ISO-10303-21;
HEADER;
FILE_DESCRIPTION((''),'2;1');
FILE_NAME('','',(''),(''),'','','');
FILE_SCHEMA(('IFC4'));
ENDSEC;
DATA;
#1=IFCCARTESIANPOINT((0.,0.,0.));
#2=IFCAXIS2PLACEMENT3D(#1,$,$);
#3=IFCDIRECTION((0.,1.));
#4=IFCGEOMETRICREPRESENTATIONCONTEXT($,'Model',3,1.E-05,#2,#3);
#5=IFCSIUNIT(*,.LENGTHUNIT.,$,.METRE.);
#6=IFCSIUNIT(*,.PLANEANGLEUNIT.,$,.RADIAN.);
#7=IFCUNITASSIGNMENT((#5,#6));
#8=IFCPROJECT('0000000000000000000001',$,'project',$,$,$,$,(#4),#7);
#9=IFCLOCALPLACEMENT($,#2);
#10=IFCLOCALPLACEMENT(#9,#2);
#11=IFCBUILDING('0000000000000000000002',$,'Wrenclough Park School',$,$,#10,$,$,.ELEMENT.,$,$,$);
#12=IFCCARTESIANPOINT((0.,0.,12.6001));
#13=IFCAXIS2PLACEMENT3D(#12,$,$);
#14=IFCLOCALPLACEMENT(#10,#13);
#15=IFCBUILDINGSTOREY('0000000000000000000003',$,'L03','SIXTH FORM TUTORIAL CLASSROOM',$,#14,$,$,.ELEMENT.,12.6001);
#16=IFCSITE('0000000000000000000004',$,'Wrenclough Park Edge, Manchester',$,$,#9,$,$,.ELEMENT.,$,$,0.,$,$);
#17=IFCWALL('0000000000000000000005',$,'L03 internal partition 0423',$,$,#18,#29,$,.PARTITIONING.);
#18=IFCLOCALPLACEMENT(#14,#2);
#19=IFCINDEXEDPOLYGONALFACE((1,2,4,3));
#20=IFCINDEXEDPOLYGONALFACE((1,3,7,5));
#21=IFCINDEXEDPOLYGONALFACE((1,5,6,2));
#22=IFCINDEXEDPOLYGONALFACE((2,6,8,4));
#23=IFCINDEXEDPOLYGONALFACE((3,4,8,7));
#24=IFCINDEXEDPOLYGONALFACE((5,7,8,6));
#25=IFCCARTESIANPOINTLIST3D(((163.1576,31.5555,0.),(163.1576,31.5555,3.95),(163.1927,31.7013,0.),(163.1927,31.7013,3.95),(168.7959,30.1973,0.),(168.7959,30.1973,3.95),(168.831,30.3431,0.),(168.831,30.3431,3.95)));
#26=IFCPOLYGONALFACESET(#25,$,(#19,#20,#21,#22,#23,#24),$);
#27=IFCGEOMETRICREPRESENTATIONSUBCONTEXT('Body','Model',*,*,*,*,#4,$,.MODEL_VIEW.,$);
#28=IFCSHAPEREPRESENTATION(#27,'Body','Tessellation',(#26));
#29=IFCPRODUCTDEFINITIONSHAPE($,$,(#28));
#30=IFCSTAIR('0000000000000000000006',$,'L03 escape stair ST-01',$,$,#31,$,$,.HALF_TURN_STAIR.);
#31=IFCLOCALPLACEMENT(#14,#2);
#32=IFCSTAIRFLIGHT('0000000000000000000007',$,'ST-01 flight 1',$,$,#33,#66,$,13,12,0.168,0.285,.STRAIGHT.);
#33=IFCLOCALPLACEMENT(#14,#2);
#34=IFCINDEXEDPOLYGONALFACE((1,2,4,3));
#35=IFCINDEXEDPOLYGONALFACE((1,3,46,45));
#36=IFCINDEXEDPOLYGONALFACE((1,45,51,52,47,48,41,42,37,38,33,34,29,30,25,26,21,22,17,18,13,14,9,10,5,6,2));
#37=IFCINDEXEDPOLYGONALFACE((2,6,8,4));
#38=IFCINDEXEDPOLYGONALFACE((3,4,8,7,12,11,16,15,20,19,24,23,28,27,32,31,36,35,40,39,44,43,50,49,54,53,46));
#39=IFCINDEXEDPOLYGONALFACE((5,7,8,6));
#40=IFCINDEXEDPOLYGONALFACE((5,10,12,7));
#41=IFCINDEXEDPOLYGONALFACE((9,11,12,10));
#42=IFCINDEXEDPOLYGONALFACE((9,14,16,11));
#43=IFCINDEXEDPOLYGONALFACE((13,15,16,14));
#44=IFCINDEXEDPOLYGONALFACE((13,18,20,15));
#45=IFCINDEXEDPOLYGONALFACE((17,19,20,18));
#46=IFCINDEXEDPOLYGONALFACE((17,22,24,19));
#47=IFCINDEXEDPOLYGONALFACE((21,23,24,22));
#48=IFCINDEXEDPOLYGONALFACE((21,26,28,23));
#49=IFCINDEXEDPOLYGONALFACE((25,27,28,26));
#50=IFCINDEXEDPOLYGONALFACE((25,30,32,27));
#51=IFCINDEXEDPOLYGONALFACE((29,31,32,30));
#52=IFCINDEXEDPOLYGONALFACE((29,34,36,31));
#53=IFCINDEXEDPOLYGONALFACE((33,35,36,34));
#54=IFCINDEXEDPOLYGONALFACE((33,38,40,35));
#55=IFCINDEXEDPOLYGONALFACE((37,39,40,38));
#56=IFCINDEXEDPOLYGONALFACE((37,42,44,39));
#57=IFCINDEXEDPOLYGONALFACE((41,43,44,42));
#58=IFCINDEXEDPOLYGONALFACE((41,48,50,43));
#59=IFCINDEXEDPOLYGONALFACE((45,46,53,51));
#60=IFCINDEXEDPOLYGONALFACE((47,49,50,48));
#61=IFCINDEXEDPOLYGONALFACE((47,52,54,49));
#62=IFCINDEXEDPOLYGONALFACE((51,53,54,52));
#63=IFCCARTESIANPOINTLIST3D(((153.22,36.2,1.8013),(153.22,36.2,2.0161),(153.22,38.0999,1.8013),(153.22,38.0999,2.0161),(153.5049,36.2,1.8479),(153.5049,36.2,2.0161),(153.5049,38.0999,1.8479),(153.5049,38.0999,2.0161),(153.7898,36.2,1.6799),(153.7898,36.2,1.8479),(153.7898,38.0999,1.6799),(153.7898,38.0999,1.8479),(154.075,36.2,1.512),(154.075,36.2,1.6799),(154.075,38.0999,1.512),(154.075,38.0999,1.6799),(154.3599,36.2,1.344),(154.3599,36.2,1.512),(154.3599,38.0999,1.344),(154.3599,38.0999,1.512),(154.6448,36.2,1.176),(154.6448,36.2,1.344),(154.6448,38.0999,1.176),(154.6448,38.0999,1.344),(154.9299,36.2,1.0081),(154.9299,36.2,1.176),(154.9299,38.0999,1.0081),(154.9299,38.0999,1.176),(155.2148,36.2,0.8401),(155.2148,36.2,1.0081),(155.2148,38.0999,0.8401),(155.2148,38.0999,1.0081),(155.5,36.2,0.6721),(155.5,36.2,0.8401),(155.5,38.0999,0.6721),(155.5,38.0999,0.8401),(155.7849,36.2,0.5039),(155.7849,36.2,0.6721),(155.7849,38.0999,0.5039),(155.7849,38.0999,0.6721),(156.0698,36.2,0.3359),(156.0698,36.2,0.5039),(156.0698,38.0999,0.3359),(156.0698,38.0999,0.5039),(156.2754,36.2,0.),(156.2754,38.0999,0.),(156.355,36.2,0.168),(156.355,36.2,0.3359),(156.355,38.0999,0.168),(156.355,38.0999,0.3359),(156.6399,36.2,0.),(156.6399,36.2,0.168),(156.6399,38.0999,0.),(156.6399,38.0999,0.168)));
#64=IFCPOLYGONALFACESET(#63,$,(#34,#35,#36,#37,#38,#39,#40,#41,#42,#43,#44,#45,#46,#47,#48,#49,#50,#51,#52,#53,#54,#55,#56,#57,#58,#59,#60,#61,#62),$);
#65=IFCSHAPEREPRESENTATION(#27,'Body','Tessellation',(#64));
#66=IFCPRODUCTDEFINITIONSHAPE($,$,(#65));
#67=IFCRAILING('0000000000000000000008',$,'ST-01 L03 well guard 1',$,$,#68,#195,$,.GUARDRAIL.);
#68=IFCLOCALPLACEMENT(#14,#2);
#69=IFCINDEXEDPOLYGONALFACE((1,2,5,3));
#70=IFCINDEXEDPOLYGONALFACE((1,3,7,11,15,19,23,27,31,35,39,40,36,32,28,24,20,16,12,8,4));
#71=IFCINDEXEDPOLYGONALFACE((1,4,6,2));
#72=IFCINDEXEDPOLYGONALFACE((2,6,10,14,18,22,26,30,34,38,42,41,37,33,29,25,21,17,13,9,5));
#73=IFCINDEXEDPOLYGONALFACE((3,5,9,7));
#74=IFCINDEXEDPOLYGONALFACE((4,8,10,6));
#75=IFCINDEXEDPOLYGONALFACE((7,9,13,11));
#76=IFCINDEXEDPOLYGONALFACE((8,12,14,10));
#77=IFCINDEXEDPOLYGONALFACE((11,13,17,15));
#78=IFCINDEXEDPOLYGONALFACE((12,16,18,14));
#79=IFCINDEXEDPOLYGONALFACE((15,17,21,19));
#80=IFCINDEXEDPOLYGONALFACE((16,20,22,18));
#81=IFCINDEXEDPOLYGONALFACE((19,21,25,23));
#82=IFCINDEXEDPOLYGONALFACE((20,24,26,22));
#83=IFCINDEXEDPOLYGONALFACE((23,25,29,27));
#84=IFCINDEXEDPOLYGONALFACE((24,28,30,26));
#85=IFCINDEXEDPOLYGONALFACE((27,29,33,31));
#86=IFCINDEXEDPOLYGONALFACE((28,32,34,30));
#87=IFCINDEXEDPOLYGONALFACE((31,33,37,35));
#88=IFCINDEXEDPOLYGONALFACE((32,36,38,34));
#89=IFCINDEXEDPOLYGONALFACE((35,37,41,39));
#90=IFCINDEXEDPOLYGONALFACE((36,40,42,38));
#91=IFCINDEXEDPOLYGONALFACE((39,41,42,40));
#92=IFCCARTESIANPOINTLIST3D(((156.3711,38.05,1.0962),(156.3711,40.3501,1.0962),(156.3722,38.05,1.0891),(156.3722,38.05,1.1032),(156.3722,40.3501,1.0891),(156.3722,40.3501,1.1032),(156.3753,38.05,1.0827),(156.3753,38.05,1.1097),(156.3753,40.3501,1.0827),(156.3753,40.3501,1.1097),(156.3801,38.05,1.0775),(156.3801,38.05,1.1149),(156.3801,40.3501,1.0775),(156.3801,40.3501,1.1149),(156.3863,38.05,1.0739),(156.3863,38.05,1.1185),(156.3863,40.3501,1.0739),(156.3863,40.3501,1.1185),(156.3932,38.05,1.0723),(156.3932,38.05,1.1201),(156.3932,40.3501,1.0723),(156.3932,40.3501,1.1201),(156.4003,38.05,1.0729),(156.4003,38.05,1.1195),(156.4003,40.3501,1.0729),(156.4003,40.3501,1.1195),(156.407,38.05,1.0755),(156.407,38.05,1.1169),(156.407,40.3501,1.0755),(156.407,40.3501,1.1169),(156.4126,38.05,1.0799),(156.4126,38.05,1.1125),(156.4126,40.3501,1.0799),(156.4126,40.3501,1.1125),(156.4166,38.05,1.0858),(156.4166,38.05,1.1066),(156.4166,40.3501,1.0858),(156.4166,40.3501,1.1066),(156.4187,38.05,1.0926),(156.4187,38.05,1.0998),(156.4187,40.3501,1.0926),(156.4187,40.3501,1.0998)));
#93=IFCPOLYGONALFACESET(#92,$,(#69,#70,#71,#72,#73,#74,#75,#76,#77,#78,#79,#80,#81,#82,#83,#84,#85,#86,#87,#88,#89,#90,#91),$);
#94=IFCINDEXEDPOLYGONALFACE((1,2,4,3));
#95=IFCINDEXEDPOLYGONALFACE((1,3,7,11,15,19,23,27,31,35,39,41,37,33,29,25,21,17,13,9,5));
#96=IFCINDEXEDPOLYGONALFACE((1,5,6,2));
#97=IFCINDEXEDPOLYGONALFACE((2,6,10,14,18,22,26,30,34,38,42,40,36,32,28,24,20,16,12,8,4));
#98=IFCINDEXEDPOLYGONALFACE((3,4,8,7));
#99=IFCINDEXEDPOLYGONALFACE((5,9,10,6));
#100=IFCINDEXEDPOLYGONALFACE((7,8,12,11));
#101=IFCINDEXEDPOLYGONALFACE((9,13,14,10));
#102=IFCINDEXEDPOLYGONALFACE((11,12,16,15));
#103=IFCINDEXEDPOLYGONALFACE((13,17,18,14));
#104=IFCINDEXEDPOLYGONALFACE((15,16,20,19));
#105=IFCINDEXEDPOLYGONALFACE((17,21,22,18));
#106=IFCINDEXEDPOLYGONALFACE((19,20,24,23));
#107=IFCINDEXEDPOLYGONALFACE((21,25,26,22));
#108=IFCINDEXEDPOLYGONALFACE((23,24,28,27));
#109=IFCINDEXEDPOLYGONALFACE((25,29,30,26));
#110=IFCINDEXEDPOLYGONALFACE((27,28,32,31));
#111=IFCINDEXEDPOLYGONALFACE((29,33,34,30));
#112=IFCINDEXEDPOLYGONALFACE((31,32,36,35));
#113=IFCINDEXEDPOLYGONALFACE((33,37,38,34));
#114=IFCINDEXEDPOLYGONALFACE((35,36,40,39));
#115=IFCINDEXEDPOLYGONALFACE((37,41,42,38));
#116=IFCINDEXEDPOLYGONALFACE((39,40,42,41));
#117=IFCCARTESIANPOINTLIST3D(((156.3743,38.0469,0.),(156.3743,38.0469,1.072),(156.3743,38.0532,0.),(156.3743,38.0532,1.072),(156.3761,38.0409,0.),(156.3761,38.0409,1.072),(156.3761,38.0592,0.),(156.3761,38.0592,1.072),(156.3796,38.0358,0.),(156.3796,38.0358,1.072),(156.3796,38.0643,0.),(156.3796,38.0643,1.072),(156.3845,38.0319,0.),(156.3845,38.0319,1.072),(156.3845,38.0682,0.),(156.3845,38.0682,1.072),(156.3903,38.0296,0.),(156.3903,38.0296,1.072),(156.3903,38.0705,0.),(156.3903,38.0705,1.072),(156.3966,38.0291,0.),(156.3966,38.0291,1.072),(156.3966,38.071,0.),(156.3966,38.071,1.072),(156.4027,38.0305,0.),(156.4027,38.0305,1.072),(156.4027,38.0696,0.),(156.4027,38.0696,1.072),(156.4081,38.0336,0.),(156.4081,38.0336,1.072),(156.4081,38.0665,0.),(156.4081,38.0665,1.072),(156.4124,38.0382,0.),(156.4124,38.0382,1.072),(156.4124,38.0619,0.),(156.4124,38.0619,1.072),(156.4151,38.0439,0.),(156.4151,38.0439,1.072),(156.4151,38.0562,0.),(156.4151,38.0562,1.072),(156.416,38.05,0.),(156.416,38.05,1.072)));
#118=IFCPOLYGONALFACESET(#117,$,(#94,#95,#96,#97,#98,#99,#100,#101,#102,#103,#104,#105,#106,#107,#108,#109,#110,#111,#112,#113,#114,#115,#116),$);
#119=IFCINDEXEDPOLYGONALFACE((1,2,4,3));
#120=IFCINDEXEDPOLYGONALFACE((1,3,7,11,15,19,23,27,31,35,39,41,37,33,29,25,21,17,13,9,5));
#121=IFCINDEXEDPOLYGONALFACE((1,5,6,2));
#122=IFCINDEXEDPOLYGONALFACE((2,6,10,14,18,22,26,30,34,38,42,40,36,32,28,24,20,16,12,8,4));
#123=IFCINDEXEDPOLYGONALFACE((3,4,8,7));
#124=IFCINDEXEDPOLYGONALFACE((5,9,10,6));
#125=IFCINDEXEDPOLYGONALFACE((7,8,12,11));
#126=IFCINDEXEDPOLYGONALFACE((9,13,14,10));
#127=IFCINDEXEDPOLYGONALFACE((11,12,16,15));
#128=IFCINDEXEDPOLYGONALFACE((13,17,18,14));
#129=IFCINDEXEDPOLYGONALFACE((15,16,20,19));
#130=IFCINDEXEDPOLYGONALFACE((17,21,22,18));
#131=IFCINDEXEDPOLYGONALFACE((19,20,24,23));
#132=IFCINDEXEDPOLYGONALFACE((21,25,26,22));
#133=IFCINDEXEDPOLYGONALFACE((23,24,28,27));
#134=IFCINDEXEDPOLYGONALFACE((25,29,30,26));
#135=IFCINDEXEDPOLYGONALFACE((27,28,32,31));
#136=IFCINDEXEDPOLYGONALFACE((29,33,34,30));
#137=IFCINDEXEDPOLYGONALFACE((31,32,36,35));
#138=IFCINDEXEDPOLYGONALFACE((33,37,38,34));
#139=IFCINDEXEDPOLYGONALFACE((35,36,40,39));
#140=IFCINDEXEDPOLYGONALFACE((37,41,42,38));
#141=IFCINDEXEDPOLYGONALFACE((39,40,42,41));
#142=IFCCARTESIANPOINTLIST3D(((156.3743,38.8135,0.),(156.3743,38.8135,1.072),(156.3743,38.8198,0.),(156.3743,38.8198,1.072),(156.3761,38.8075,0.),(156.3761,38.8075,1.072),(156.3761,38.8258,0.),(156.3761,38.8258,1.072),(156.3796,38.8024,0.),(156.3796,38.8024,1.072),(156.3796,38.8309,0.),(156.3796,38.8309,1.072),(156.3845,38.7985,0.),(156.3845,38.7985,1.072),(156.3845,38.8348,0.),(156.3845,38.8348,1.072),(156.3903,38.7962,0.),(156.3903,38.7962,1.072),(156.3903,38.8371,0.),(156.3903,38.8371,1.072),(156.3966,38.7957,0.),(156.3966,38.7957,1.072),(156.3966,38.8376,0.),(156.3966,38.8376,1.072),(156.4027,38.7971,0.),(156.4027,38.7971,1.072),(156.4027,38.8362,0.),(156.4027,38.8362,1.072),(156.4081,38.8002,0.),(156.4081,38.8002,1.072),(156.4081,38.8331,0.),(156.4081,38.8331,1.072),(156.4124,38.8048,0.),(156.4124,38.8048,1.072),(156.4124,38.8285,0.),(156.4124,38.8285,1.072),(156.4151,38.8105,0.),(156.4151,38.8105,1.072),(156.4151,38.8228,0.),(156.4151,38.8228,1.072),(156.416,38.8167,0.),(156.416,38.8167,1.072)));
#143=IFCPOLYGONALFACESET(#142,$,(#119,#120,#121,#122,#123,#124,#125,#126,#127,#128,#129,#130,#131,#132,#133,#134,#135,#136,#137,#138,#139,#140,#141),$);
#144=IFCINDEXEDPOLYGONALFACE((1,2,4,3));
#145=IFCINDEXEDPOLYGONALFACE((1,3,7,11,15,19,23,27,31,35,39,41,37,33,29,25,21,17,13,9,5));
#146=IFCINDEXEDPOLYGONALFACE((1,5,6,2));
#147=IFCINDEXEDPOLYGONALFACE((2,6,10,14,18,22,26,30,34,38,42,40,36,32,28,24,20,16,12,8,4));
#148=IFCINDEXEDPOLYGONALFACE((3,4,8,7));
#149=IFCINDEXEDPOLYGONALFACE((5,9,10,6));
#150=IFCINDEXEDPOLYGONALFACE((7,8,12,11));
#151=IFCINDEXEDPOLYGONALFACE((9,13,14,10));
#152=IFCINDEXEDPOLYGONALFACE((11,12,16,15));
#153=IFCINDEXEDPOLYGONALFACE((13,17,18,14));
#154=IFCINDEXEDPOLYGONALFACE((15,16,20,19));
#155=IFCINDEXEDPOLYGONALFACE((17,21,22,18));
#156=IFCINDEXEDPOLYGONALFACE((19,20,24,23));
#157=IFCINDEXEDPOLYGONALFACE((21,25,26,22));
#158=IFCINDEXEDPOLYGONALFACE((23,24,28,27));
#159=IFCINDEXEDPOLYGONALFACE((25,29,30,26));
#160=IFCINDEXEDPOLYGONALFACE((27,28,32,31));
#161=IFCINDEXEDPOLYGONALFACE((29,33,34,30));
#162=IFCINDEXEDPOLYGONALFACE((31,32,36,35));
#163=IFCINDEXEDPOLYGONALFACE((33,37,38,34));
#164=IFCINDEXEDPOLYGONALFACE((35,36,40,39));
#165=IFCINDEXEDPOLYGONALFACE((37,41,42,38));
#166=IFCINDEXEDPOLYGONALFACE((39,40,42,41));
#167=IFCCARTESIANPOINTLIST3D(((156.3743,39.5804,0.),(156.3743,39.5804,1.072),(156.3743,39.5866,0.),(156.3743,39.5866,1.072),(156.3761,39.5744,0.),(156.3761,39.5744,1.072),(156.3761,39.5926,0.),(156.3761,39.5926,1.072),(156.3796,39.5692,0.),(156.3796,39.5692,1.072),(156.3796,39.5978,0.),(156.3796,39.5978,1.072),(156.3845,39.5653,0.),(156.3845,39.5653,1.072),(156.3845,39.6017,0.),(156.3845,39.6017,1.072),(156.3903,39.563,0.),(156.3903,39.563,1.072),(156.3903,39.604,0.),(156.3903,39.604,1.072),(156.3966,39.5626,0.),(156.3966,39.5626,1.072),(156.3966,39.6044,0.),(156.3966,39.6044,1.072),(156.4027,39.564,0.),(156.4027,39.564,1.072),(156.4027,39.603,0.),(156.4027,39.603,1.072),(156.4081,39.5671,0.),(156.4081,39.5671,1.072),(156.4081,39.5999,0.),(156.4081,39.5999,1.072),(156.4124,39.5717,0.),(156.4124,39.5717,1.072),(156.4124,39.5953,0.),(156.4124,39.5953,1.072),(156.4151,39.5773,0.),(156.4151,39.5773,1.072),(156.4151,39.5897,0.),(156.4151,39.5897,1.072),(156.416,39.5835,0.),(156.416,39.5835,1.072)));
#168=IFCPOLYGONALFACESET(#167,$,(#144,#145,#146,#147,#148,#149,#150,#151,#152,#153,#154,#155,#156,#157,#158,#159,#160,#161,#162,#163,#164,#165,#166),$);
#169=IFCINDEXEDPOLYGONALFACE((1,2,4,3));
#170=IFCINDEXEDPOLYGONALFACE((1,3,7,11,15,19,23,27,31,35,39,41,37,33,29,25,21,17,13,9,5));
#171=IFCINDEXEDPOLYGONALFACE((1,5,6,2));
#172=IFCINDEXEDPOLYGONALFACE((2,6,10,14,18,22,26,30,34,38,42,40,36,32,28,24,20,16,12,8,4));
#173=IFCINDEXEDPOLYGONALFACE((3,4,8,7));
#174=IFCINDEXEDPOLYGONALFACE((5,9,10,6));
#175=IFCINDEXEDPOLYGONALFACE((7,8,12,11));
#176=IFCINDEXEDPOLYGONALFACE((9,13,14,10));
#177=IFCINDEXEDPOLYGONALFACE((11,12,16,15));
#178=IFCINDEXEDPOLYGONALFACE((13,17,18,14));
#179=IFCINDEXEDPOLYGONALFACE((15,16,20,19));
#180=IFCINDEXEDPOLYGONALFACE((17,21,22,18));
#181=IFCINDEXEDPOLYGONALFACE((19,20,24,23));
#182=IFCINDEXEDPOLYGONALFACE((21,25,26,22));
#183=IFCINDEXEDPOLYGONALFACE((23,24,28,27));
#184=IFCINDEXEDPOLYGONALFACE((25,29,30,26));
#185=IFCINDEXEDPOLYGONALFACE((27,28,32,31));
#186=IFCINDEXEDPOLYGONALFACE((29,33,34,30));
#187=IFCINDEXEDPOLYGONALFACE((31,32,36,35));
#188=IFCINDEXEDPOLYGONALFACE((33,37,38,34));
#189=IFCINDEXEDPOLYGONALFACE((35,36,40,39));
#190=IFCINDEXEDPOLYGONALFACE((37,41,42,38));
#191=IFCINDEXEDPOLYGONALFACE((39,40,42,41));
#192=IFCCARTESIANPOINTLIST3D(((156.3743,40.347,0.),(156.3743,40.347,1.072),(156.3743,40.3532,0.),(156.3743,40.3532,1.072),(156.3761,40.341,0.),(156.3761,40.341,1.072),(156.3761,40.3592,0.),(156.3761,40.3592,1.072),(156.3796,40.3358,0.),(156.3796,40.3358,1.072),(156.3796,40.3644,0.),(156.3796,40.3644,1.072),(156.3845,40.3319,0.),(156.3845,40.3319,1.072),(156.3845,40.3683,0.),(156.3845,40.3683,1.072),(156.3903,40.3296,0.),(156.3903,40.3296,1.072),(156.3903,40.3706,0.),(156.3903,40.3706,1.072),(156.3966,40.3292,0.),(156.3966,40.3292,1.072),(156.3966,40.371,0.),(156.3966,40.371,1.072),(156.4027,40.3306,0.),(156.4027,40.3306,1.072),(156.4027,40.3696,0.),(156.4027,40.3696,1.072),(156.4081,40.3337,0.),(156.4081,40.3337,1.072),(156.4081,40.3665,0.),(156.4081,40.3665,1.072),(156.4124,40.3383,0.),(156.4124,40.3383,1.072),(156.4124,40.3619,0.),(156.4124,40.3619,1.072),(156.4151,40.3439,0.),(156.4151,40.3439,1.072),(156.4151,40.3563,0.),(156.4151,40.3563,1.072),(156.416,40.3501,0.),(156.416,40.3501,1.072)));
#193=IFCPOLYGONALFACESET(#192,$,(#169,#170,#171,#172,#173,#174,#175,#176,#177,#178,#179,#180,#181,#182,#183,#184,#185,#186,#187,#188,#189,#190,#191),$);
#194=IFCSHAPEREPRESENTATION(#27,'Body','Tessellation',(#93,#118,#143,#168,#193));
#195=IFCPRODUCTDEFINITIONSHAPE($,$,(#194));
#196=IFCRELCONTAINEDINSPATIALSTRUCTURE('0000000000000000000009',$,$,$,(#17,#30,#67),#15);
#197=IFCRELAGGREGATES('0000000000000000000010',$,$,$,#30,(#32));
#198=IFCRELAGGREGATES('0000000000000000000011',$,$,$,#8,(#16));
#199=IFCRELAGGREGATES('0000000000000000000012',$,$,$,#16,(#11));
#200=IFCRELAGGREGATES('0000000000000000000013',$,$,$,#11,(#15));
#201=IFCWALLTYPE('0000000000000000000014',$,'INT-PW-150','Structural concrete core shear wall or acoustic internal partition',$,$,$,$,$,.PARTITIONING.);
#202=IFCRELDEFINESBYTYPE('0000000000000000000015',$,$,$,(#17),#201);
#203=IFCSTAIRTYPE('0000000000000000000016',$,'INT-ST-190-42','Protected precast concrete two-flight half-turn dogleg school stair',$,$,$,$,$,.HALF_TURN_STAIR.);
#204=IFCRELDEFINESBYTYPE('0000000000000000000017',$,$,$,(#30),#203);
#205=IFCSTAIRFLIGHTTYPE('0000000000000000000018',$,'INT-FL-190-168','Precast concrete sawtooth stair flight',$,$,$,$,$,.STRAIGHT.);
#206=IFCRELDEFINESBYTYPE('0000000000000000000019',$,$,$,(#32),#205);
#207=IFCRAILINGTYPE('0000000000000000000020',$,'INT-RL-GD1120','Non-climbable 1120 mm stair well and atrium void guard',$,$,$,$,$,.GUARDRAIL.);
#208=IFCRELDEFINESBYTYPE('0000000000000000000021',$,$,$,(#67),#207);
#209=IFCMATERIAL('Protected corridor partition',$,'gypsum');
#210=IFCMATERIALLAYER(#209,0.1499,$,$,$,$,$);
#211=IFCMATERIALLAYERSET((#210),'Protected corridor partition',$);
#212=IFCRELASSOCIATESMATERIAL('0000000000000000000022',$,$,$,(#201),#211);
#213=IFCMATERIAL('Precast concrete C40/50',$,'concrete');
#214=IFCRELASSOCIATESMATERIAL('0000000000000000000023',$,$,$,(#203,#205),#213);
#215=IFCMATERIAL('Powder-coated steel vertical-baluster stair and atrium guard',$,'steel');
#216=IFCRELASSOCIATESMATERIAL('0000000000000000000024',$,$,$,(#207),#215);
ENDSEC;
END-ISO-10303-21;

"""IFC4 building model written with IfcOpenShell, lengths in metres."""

from ifc_helpers import new_model, si_unit, direction, frame, frame_2d, origin, origin_2d, place, context, subcontext, project, spatial, polyline, rectangle, circle, outline, extrude, material, layer, layer_set, type_object, element, aggregate, save


model = new_model("IFC4")

# Units and contexts
model_context = context("Model", 3, precision=1e-05, world=origin(), true_north=direction((0.0, 1.0)))
body_context = subcontext(model_context, "Body", "Model", "MODEL_VIEW")
ifc_project = project(units=[si_unit("LENGTHUNIT", "METRE"), si_unit("PLANEANGLEUNIT", "RADIAN")], contexts=[model_context])

# Site, building, storey
site_placement = place(None, origin())
site = spatial("IfcSite", under=ifc_project, at=site_placement, Name="Wrenclough Park Edge, Manchester", CompositionType="ELEMENT", RefElevation=0.0)
building_placement = place(site_placement, origin())
building = spatial("IfcBuilding", under=site, at=building_placement, Name="Wrenclough Park School", CompositionType="ELEMENT")
storey_placement = place(building_placement, frame((0.0, 0.0, 12.6001)))
storey = spatial("IfcBuildingStorey", under=building, at=storey_placement, Name="L03", Description="SIXTH FORM TUTORIAL CLASSROOM", CompositionType="ELEMENT", Elevation=12.6001)

# Wall
ifc_material_1 = material(Name="Protected corridor partition", Category="gypsum")
ifc_layer_1 = layer(ifc_material_1, 0.1499)
ifc_layer_set_1 = layer_set([ifc_layer_1], Name="Protected corridor partition")
wall_type_1 = type_object("IfcWallType", Name="INT-PW-150", Description="Structural concrete core shear wall or acoustic internal partition", PredefinedType="PARTITIONING", material=ifc_layer_set_1)
wall_1_placement = place(storey_placement, frame((163.175, 31.6284, 0.0), z_axis=(0.0, 0.0, 1.0), x_axis=(0.972192, -0.234186, 0.0)))
element("IfcWall", 1, at=wall_1_placement, inside=storey, type_object=wall_type_1, Name="L03 internal partition 0423", PredefinedType="PARTITIONING", context=body_context, shape_type="SweptSolid", body=[
    extrude(rectangle(XDim=5.7996, YDim=0.1499, at=frame_2d((2.8999, 0.0))), origin(), (0.0, 0.0, 1.0), 3.95),
])

# Stair, stair flight
ifc_material_2 = material(Name="Precast concrete C40/50", Category="concrete")
stair_type = type_object("IfcStairType", Name="INT-ST-190-42", Description="Protected precast concrete two-flight half-turn dogleg school stair", PredefinedType="HALF_TURN_STAIR", material=ifc_material_2)
stair_placement = place(storey_placement, origin())
stair = element("IfcStair", 2, at=stair_placement, inside=storey, type_object=stair_type, Name="L03 escape stair ST-01", PredefinedType="HALF_TURN_STAIR")
stair_flight_type = type_object("IfcStairFlightType", Name="INT-FL-190-168", Description="Precast concrete sawtooth stair flight", PredefinedType="STRAIGHT", material=ifc_material_2)
stair_flight_placement = place(storey_placement, frame((156.6399, 37.1499, 0.0), z_axis=(0.0, 0.0, 1.0), x_axis=(-1.0, 0.0, 0.0)))
stair_flight = element("IfcStairFlight", 3, at=stair_flight_placement, type_object=stair_flight_type, Name="ST-01 flight 1", NumberOfRisers=13, NumberOfTreads=12, PredefinedType="STRAIGHT", RiserHeight=0.168, TreadLength=0.285, context=body_context, shape_type="SweptSolid", body=[
    extrude(outline(polyline([(0.0, 0.0), (0.0, 0.168), (0.2849, 0.168), (0.2849, 0.3359), (0.5701, 0.3359), (0.5701, 0.5039), (0.855, 0.5039), (0.855, 0.6721), (1.1399, 0.6721), (1.1399, 0.8401), (1.425, 0.8401), (1.425, 1.0081), (1.71, 1.0081), (1.71, 1.176), (1.9951, 1.176), (1.9951, 1.344), (2.28, 1.344), (2.28, 1.512), (2.5649, 1.512), (2.5649, 1.6799), (2.8501, 1.6799), (2.8501, 1.8479), (3.135, 1.8479), (3.135, 2.0161), (3.4199, 2.0161), (3.4199, 2.1841), (3.4199, 1.8013), (0.3645, 0.0), (0.0, 0.0)])), frame((0.0, 0.95, 0.0), z_axis=(0.0, -1.0, 0.0), x_axis=(1.0, 0.0, 0.0)), (0.0, 0.0, 1.0), 1.8999),
])
aggregate(stair, [stair_flight])

# Railing
ifc_material_3 = material(Name="Powder-coated steel vertical-baluster stair and atrium guard", Category="steel")
railing_type_1 = type_object("IfcRailingType", Name="INT-RL-GD1120", Description="Non-climbable 1120 mm stair well and atrium void guard", PredefinedType="GUARDRAIL", material=ifc_material_3)
railing_1_placement = place(storey_placement, frame((156.395, 38.05, 0.0)))
element("IfcRailing", 4, at=railing_1_placement, inside=storey, type_object=railing_type_1, Name="ST-01 L03 well guard 1", PredefinedType="GUARDRAIL", context=body_context, shape_type="SweptSolid", body=[
    extrude(circle(Radius=0.0239, at=origin_2d()), frame((0.0, 0.0, 1.0962), z_axis=(0.0, 1.0, 0.0), x_axis=(-1.0, 0.0, 0.0)), (0.0, 0.0, 1.0), 2.3),
    extrude(circle(Radius=0.021, at=origin_2d()), origin(), (0.0, 0.0, 1.0), 1.072),
    extrude(circle(Radius=0.021, at=origin_2d()), frame((0.0, 0.7666, 0.0)), (0.0, 0.0, 1.0), 1.072),
    extrude(circle(Radius=0.021, at=origin_2d()), frame((0.0, 1.5334, 0.0)), (0.0, 0.0, 1.0), 1.072),
    extrude(circle(Radius=0.021, at=origin_2d()), frame((0.0, 2.3, 0.0)), (0.0, 0.0, 1.0), 1.072),
])

save(model, "model.ifc")
